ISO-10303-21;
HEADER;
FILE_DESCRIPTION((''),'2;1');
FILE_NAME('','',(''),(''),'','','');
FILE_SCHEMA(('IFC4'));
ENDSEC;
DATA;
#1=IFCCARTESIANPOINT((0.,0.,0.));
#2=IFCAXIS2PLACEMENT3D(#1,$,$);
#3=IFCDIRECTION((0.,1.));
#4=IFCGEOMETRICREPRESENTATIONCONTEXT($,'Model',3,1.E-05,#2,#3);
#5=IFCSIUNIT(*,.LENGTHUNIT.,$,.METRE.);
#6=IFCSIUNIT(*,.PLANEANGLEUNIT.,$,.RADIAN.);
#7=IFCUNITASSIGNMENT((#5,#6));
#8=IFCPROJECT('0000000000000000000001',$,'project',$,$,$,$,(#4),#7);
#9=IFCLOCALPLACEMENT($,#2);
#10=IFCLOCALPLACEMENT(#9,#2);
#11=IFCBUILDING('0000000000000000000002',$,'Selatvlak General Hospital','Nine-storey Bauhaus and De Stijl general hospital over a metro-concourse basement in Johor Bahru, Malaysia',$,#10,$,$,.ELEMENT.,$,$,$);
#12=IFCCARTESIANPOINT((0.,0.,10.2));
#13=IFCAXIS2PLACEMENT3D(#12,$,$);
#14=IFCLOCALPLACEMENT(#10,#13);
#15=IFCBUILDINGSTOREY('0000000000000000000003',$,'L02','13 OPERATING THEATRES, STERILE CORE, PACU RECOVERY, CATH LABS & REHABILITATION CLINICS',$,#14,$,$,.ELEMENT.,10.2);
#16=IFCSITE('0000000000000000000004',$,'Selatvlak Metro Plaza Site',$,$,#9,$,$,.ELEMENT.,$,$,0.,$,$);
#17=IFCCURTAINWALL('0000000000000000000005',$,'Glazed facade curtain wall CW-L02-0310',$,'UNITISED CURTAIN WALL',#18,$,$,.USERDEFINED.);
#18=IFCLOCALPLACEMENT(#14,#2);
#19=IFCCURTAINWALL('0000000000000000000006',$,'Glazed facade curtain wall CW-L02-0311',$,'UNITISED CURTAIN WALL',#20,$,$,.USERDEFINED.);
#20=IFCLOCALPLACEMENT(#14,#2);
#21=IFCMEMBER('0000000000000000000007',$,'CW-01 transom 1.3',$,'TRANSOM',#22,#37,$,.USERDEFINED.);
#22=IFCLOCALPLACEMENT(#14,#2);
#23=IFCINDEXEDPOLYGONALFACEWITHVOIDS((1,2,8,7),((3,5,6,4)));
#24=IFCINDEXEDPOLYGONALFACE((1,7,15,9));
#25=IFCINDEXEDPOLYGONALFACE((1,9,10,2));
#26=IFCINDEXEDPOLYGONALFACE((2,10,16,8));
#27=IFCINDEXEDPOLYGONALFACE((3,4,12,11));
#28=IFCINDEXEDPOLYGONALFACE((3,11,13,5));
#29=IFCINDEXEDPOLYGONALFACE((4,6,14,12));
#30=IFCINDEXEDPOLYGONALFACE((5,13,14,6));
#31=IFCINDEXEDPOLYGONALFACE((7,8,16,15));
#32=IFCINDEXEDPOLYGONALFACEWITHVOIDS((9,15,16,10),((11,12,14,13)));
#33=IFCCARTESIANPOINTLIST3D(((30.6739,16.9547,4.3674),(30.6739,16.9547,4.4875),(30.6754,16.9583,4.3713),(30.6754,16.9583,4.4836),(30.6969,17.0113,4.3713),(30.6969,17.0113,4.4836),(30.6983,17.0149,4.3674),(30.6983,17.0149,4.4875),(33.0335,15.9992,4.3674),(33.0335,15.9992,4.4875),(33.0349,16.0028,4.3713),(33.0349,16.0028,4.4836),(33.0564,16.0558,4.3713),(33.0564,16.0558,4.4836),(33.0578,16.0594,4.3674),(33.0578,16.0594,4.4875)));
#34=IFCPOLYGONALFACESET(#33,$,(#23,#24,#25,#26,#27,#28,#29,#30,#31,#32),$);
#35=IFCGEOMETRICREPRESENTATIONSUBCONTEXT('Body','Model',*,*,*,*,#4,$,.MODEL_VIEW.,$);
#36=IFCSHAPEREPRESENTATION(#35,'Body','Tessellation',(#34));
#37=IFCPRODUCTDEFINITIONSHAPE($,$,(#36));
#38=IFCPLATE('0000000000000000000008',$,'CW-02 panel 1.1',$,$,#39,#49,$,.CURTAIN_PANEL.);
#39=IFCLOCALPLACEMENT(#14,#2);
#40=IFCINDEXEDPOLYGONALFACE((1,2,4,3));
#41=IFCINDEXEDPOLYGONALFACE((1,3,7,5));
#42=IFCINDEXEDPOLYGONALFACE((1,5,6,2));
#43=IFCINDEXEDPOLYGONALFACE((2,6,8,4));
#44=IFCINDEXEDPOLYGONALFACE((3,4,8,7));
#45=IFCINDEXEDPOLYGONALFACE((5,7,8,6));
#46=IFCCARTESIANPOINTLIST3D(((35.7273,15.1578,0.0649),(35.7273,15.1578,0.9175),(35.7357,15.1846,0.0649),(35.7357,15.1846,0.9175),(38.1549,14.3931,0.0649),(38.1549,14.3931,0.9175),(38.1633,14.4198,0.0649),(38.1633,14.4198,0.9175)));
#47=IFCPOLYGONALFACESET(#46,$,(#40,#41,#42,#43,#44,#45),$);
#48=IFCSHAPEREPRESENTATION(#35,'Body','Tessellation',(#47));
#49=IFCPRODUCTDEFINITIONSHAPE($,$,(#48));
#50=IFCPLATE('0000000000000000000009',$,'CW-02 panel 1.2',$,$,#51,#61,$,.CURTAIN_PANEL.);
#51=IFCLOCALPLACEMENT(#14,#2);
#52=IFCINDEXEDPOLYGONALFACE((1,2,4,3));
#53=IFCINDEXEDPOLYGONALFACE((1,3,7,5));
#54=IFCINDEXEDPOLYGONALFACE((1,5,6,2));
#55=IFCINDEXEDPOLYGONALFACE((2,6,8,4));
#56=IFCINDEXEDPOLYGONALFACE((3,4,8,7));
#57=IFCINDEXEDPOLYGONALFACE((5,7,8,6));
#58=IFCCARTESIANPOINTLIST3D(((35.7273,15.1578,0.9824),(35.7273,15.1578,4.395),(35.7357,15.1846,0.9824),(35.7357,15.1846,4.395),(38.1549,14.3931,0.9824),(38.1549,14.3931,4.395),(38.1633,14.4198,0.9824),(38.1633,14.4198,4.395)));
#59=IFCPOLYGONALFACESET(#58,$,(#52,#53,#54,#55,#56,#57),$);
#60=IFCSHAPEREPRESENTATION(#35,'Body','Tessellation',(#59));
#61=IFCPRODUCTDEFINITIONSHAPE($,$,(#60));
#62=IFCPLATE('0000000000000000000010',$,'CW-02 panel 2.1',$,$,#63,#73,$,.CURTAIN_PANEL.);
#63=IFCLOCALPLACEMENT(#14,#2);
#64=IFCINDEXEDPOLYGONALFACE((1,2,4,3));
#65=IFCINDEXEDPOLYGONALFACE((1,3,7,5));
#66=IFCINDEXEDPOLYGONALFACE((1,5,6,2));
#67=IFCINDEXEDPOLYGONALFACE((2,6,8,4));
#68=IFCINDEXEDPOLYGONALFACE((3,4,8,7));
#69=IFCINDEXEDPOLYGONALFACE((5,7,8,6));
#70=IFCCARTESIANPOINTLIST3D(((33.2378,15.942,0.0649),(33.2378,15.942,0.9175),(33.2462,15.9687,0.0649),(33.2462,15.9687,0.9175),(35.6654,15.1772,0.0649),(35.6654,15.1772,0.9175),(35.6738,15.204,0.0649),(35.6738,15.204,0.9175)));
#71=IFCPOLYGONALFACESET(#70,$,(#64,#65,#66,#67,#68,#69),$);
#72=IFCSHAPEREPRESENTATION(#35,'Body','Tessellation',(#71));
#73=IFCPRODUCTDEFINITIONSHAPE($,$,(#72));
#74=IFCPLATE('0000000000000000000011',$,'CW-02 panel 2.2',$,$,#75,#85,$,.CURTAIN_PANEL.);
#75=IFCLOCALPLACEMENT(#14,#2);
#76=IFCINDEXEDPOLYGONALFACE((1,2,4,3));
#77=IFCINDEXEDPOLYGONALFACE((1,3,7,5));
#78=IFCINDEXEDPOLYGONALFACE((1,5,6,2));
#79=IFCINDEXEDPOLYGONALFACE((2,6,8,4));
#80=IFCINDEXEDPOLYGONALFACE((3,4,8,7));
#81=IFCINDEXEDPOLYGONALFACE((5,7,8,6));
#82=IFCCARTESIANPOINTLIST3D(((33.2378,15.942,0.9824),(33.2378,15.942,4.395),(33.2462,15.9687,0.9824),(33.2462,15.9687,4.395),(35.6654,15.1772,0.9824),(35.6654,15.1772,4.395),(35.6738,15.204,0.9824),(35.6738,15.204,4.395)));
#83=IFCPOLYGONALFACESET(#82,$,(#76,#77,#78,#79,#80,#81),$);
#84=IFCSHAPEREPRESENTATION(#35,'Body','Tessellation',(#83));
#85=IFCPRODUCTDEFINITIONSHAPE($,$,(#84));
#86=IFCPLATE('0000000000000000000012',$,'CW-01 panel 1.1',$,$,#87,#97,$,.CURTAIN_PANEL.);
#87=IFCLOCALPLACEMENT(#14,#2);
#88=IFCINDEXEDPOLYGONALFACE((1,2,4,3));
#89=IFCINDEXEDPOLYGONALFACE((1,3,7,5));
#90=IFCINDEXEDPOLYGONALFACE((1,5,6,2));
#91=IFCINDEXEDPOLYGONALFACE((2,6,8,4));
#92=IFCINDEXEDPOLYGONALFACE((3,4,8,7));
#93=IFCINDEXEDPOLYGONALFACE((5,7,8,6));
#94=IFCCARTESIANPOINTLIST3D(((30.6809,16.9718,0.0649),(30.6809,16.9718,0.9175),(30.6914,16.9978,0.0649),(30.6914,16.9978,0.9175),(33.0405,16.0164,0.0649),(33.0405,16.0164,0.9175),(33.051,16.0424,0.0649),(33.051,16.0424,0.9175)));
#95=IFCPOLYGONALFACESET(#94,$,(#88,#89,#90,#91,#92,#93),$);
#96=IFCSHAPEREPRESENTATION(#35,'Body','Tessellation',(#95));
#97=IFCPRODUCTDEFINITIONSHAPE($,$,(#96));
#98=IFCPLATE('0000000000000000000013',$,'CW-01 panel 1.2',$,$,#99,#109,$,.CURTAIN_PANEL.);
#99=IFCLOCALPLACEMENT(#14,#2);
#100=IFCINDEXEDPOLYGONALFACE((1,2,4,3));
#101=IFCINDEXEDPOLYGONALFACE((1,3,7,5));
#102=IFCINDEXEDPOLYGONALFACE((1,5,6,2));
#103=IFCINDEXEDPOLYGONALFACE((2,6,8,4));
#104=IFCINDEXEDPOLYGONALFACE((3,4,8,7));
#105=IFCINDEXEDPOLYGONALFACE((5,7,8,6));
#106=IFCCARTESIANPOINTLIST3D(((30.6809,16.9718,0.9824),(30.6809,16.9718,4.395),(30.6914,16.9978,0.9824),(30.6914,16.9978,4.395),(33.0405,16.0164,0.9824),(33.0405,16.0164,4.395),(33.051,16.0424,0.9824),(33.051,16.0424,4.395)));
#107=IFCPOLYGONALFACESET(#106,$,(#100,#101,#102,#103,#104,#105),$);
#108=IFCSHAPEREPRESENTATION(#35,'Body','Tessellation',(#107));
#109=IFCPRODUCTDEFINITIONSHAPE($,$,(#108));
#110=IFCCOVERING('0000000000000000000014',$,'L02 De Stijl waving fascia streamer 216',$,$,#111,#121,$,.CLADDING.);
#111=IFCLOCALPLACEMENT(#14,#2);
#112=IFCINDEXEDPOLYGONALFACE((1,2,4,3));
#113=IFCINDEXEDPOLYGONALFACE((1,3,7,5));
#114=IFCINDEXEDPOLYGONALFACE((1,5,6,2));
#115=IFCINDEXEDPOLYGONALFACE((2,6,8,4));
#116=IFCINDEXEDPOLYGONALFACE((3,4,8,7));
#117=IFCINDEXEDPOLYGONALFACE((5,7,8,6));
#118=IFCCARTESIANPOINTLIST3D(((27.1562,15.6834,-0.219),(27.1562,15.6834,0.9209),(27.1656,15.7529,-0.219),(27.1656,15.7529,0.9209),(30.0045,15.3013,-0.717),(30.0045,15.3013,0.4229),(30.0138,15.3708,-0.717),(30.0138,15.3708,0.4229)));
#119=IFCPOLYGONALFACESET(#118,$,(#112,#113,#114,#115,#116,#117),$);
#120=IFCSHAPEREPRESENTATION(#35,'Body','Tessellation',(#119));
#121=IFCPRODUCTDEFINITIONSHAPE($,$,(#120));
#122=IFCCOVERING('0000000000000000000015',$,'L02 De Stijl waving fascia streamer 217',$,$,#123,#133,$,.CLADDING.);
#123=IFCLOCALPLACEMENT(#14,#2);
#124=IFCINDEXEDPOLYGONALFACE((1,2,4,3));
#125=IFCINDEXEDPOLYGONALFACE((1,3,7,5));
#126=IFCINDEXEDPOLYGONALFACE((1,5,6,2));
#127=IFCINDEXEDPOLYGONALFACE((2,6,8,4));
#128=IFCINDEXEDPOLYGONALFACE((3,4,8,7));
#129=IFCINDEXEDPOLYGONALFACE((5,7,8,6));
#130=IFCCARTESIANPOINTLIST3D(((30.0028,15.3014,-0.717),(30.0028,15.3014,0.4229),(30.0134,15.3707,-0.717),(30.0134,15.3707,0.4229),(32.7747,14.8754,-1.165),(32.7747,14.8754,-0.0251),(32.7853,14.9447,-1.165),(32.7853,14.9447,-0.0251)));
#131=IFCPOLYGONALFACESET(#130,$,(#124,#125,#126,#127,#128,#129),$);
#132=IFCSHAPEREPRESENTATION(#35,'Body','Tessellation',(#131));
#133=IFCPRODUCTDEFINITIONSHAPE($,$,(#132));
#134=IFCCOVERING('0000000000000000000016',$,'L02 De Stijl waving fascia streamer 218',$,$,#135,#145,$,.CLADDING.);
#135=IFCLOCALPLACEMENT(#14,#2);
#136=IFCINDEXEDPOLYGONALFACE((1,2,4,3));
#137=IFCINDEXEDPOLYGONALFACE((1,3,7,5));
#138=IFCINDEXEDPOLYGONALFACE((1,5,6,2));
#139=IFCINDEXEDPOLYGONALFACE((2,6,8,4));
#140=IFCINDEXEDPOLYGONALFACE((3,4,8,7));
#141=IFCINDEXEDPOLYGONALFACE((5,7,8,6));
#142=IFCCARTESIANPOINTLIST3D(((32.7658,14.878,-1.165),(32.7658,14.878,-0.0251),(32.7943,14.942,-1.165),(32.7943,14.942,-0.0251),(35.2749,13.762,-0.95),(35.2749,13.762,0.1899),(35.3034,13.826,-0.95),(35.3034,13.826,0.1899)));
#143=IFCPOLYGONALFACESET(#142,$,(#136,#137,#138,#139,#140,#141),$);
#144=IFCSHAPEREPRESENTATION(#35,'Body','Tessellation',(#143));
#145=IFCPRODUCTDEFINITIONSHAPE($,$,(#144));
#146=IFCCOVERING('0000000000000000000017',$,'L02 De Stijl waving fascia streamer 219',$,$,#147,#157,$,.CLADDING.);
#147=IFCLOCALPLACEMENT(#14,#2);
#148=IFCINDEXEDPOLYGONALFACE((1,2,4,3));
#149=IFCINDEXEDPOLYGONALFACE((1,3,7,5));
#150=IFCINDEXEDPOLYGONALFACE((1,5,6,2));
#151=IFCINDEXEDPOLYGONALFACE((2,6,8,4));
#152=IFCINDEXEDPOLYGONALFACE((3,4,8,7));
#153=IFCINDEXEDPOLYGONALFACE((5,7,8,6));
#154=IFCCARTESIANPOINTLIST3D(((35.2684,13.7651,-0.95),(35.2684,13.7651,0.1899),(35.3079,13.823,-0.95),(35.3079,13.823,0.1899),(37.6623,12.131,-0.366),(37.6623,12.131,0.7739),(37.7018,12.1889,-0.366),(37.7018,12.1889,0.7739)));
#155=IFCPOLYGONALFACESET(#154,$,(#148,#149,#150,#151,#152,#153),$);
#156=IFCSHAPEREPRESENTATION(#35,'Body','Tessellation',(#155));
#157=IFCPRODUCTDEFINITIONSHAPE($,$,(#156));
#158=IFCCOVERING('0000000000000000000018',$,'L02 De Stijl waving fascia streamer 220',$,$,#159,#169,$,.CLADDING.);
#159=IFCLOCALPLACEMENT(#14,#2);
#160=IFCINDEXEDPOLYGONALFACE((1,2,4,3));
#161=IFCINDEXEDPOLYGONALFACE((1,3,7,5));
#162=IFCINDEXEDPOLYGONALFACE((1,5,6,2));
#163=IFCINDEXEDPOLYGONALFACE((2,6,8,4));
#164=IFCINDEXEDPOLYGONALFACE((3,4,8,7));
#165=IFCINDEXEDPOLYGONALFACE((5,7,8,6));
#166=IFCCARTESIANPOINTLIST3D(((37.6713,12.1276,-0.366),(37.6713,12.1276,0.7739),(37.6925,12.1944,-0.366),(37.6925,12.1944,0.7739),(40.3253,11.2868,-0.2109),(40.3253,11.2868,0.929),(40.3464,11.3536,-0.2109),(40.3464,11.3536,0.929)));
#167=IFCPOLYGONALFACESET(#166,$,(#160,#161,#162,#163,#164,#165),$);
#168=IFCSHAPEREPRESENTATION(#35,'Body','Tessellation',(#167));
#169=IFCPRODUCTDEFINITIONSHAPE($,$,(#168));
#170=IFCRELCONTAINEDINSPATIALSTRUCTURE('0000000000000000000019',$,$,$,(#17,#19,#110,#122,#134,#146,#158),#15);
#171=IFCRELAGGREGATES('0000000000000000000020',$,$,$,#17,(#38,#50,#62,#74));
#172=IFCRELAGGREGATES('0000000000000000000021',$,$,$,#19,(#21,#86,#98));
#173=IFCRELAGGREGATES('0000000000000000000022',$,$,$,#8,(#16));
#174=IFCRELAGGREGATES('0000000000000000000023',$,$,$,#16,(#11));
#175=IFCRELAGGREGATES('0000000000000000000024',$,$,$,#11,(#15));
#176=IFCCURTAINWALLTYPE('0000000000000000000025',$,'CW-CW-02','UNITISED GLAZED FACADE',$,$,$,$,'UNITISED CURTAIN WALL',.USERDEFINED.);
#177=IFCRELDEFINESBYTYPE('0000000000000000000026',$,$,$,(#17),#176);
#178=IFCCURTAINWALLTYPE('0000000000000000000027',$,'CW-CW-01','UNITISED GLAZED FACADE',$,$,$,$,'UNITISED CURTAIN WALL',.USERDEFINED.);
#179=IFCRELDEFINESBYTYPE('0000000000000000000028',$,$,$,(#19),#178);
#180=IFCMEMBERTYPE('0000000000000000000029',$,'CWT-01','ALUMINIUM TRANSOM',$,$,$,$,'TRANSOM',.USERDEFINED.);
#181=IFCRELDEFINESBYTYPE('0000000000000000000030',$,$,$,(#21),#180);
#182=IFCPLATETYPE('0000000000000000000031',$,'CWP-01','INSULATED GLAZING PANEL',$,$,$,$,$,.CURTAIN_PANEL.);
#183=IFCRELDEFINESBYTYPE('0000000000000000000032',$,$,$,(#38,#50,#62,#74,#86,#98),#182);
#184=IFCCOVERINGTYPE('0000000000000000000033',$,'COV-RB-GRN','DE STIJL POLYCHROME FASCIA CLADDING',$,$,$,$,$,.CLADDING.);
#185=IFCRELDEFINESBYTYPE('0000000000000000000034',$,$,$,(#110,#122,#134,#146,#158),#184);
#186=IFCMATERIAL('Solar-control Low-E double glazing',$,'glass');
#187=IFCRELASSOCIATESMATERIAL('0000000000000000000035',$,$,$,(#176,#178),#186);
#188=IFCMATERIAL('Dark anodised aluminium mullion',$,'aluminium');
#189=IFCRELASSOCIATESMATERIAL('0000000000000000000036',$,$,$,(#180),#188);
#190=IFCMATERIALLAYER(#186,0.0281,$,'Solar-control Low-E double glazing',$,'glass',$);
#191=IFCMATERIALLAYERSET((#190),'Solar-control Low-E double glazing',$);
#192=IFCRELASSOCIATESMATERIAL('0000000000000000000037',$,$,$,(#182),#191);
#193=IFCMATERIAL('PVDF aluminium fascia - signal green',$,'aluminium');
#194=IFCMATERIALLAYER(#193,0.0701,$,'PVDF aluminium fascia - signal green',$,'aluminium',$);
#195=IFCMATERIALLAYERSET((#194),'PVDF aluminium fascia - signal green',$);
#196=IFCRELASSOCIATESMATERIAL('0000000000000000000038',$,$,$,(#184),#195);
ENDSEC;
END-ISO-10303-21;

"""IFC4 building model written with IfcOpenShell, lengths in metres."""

from ifc_helpers import new_model, si_unit, direction, frame, origin, origin_2d, place, context, subcontext, project, spatial, polyline, rectangle, hollow_rectangle, outline, extrude, material, layer, layer_set, material_profile, profile_set, type_object, element, aggregate, save


model = new_model("IFC4")

# Units and contexts
model_context = context("Model", 3, precision=1e-05, world=origin(), true_north=direction((0.0, 1.0)))
body_context = subcontext(model_context, "Body", "Model", "MODEL_VIEW")
ifc_project = project(units=[si_unit("LENGTHUNIT", "METRE"), si_unit("PLANEANGLEUNIT", "RADIAN")], contexts=[model_context])

# Site, building, storey
site_placement = place(None, origin())
site = spatial("IfcSite", under=ifc_project, at=site_placement, Name="Selatvlak Metro Plaza Site", CompositionType="ELEMENT", RefElevation=0.0)
building_placement = place(site_placement, origin())
building = spatial("IfcBuilding", under=site, at=building_placement, Name="Selatvlak General Hospital", Description="Nine-storey Bauhaus and De Stijl general hospital over a metro-concourse basement in Johor Bahru, Malaysia", CompositionType="ELEMENT")
storey_placement = place(building_placement, frame((0.0, 0.0, 10.2)))
storey = spatial("IfcBuildingStorey", under=building, at=storey_placement, Name="L02", Description="13 OPERATING THEATRES, STERILE CORE, PACU RECOVERY, CATH LABS & REHABILITATION CLINICS", CompositionType="ELEMENT", Elevation=10.2)

# Curtain wall
ifc_material_1 = material(Name="Solar-control Low-E double glazing", Category="glass")
curtain_wall_type_1 = type_object("IfcCurtainWallType", Name="CW-CW-02", Description="UNITISED GLAZED FACADE", ElementType="UNITISED CURTAIN WALL", PredefinedType="USERDEFINED", material=ifc_material_1)
curtain_wall_1_placement = place(storey_placement, origin())
curtain_wall_1 = element("IfcCurtainWall", 1, at=curtain_wall_1_placement, inside=storey, type_object=curtain_wall_type_1, Name="Glazed facade curtain wall CW-L02-0310", ObjectType="UNITISED CURTAIN WALL", PredefinedType="USERDEFINED")
ifc_material_2 = material(Name="Dark anodised aluminium mullion", Category="aluminium")

# Curtain wall
curtain_wall_type_2 = type_object("IfcCurtainWallType", Name="CW-CW-01", Description="UNITISED GLAZED FACADE", ElementType="UNITISED CURTAIN WALL", PredefinedType="USERDEFINED", material=ifc_material_1)
curtain_wall_2_placement = place(storey_placement, origin())
curtain_wall_2 = element("IfcCurtainWall", 2, at=curtain_wall_2_placement, inside=storey, type_object=curtain_wall_type_2, Name="Glazed facade curtain wall CW-L02-0311", ObjectType="UNITISED CURTAIN WALL", PredefinedType="USERDEFINED")

# Member
ifc_material_profile_1 = material_profile(ifc_material_2, hollow_rectangle(XDim=0.0649, YDim=0.1201, WallThickness=0.0039, at=origin_2d()), Name="AL-TRN 65x120x4")
ifc_profile_set_1 = profile_set([ifc_material_profile_1], Name="Dark anodised aluminium mullion")
member_type_1 = type_object("IfcMemberType", Name="CWT-01", Description="ALUMINIUM TRANSOM", ElementType="TRANSOM", PredefinedType="USERDEFINED", material=ifc_profile_set_1)
member_1_placement = place(storey_placement, frame((33.0457, 16.0293, 4.4275), z_axis=(-0.926881, 0.375356, 0.0), x_axis=(-0.375356, -0.926881, 0.0)))
member_1 = element("IfcMember", 3, at=member_1_placement, type_object=member_type_1, Name="CW-01 transom 1.3", ObjectType="TRANSOM", PredefinedType="USERDEFINED", context=body_context, shape_type="SweptSolid", body=[
    extrude(hollow_rectangle(XDim=0.0649, YDim=0.1201, WallThickness=0.0039, at=origin_2d()), origin(), (0.0, 0.0, 1.0), 2.5457),
])

# Plates
ifc_layer_1 = layer(ifc_material_1, 0.0281, Name="Solar-control Low-E double glazing", Category="glass")
ifc_layer_set_1 = layer_set([ifc_layer_1], Name="Solar-control Low-E double glazing")
plate_type = type_object("IfcPlateType", Name="CWP-01", Description="INSULATED GLAZING PANEL", PredefinedType="CURTAIN_PANEL", material=ifc_layer_set_1)
plate_1_placement = place(storey_placement, frame((36.9453, 14.7888, 0.0649), z_axis=(0.0, 0.0, 1.0), x_axis=(-0.953794, 0.300461, 0.0)))
plate_1 = element("IfcPlate", 4, at=plate_1_placement, type_object=plate_type, Name="CW-02 panel 1.1", PredefinedType="CURTAIN_PANEL", context=body_context, shape_type="SweptSolid", body=[
    extrude(rectangle(XDim=2.5452, YDim=0.0281, at=origin_2d()), origin(), (0.0, 0.0, 1.0), 0.8525),
])
plate_2_placement = place(storey_placement, frame((36.9453, 14.7888, 0.9824), z_axis=(0.0, 0.0, 1.0), x_axis=(-0.953794, 0.300461, 0.0)))
plate_2 = element("IfcPlate", 5, at=plate_2_placement, type_object=plate_type, Name="CW-02 panel 1.2", PredefinedType="CURTAIN_PANEL", context=body_context, shape_type="SweptSolid", body=[
    extrude(rectangle(XDim=2.5452, YDim=0.0281, at=origin_2d()), origin(), (0.0, 0.0, 1.0), 3.4126),
])
plate_3_placement = place(storey_placement, frame((34.4558, 15.573, 0.0649), z_axis=(0.0, 0.0, 1.0), x_axis=(-0.953794, 0.300461, 0.0)))
plate_3 = element("IfcPlate", 6, at=plate_3_placement, type_object=plate_type, Name="CW-02 panel 2.1", PredefinedType="CURTAIN_PANEL", context=body_context, shape_type="SweptSolid", body=[
    extrude(rectangle(XDim=2.5452, YDim=0.0281, at=origin_2d()), origin(), (0.0, 0.0, 1.0), 0.8525),
])
plate_4_placement = place(storey_placement, frame((34.4558, 15.573, 0.9824), z_axis=(0.0, 0.0, 1.0), x_axis=(-0.953794, 0.300461, 0.0)))
plate_4 = element("IfcPlate", 7, at=plate_4_placement, type_object=plate_type, Name="CW-02 panel 2.2", PredefinedType="CURTAIN_PANEL", context=body_context, shape_type="SweptSolid", body=[
    extrude(rectangle(XDim=2.5452, YDim=0.0281, at=origin_2d()), origin(), (0.0, 0.0, 1.0), 3.4126),
])
aggregate(curtain_wall_1, [plate_1, plate_2, plate_3, plate_4])
plate_5_placement = place(storey_placement, frame((31.866, 16.5071, 0.0649), z_axis=(0.0, 0.0, 1.0), x_axis=(-0.926903, 0.375301, 0.0)))
plate_5 = element("IfcPlate", 8, at=plate_5_placement, type_object=plate_type, Name="CW-01 panel 1.1", PredefinedType="CURTAIN_PANEL", context=body_context, shape_type="SweptSolid", body=[
    extrude(rectangle(XDim=2.5457, YDim=0.0281, at=origin_2d()), origin(), (0.0, 0.0, 1.0), 0.8525),
])
plate_6_placement = place(storey_placement, frame((31.866, 16.5071, 0.9824), z_axis=(0.0, 0.0, 1.0), x_axis=(-0.926903, 0.375301, 0.0)))
plate_6 = element("IfcPlate", 9, at=plate_6_placement, type_object=plate_type, Name="CW-01 panel 1.2", PredefinedType="CURTAIN_PANEL", context=body_context, shape_type="SweptSolid", body=[
    extrude(rectangle(XDim=2.5457, YDim=0.0281, at=origin_2d()), origin(), (0.0, 0.0, 1.0), 3.4126),
])
aggregate(curtain_wall_2, [member_1, plate_5, plate_6])

# Coverings
ifc_material_3 = material(Name="PVDF aluminium fascia - signal green", Category="aluminium")
ifc_layer_2 = layer(ifc_material_3, 0.0701, Name="PVDF aluminium fascia - signal green", Category="aluminium")
ifc_layer_set_2 = layer_set([ifc_layer_2], Name="PVDF aluminium fascia - signal green")
covering_type = type_object("IfcCoveringType", Name="COV-RB-GRN", Description="DE STIJL POLYCHROME FASCIA CLADDING", PredefinedType="CLADDING", material=ifc_layer_set_2)
covering_1_placement = place(storey_placement, frame((27.1609, 15.718, -0.219), z_axis=(0.0, 0.0, 1.0), x_axis=(0.991121, -0.132959, 0.0)))
element("IfcCovering", 10, at=covering_1_placement, inside=storey, type_object=covering_type, Name="L02 De Stijl waving fascia streamer 216", PredefinedType="CLADDING", context=body_context, shape_type="SweptSolid", body=[
    extrude(outline(polyline([(0.0, 0.0), (2.8738, -0.498), (2.8738, 0.6418), (0.0, 1.1399), (0.0, 0.0)])), frame((0.0, 0.0352, 0.0), z_axis=(0.0, -1.0, 0.0), x_axis=(1.0, 0.0, 0.0)), (0.0, 0.0, 1.0), 0.0701),
])
covering_2_placement = place(storey_placement, frame((30.0081, 15.3359, -0.717), z_axis=(0.0, 0.0, 1.0), x_axis=(0.988395, -0.151907, 0.0)))
element("IfcCovering", 11, at=covering_2_placement, inside=storey, type_object=covering_type, Name="L02 De Stijl waving fascia streamer 217", PredefinedType="CLADDING", context=body_context, shape_type="SweptSolid", body=[
    extrude(outline(polyline([(0.0, 0.0), (2.8044, -0.448), (2.8044, 0.6919), (0.0, 1.1399), (0.0, 0.0)])), frame((0.0, 0.0352, 0.0), z_axis=(0.0, -1.0, 0.0), x_axis=(1.0, 0.0, 0.0)), (0.0, 0.0, 1.0), 0.0701),
])
covering_3_placement = place(storey_placement, frame((32.78, 14.9099, -1.165), z_axis=(0.0, 0.0, 1.0), x_axis=(0.913698, -0.406394, 0.0)))
element("IfcCovering", 12, at=covering_3_placement, inside=storey, type_object=covering_type, Name="L02 De Stijl waving fascia streamer 218", PredefinedType="CLADDING", context=body_context, shape_type="SweptSolid", body=[
    extrude(outline(polyline([(0.0, 0.0), (2.7461, 0.2151), (2.7461, 1.355), (0.0, 1.1399), (0.0, 0.0)])), frame((0.0, 0.0352, 0.0), z_axis=(0.0, -1.0, 0.0), x_axis=(1.0, 0.0, 0.0)), (0.0, 0.0, 1.0), 0.0701),
])
covering_4_placement = place(storey_placement, frame((35.2881, 13.7939, -0.95), z_axis=(0.0, 0.0, 1.0), x_axis=(0.825922, -0.563784, 0.0)))
element("IfcCovering", 13, at=covering_4_placement, inside=storey, type_object=covering_type, Name="L02 De Stijl waving fascia streamer 219", PredefinedType="CLADDING", context=body_context, shape_type="SweptSolid", body=[
    extrude(outline(polyline([(0.0, 0.0), (2.8984, 0.584), (2.8984, 1.7239), (0.0, 1.1399), (0.0, 0.0)])), frame((0.0, 0.0352, 0.0), z_axis=(0.0, -1.0, 0.0), x_axis=(1.0, 0.0, 0.0)), (0.0, 0.0, 1.0), 0.0701),
])
covering_5_placement = place(storey_placement, frame((37.6819, 12.1609, -0.366), z_axis=(0.0, 0.0, 1.0), x_axis=(0.953304, -0.302013, 0.0)))
element("IfcCovering", 14, at=covering_5_placement, inside=storey, type_object=covering_type, Name="L02 De Stijl waving fascia streamer 220", PredefinedType="CLADDING", context=body_context, shape_type="SweptSolid", body=[
    extrude(outline(polyline([(0.0, 0.0), (2.7839, 0.155), (2.7839, 1.2949), (0.0, 1.1399), (0.0, 0.0)])), frame((0.0, 0.0352, 0.0), z_axis=(0.0, -1.0, 0.0), x_axis=(1.0, 0.0, 0.0)), (0.0, 0.0, 1.0), 0.0701),
])

save(model, "model.ifc")
